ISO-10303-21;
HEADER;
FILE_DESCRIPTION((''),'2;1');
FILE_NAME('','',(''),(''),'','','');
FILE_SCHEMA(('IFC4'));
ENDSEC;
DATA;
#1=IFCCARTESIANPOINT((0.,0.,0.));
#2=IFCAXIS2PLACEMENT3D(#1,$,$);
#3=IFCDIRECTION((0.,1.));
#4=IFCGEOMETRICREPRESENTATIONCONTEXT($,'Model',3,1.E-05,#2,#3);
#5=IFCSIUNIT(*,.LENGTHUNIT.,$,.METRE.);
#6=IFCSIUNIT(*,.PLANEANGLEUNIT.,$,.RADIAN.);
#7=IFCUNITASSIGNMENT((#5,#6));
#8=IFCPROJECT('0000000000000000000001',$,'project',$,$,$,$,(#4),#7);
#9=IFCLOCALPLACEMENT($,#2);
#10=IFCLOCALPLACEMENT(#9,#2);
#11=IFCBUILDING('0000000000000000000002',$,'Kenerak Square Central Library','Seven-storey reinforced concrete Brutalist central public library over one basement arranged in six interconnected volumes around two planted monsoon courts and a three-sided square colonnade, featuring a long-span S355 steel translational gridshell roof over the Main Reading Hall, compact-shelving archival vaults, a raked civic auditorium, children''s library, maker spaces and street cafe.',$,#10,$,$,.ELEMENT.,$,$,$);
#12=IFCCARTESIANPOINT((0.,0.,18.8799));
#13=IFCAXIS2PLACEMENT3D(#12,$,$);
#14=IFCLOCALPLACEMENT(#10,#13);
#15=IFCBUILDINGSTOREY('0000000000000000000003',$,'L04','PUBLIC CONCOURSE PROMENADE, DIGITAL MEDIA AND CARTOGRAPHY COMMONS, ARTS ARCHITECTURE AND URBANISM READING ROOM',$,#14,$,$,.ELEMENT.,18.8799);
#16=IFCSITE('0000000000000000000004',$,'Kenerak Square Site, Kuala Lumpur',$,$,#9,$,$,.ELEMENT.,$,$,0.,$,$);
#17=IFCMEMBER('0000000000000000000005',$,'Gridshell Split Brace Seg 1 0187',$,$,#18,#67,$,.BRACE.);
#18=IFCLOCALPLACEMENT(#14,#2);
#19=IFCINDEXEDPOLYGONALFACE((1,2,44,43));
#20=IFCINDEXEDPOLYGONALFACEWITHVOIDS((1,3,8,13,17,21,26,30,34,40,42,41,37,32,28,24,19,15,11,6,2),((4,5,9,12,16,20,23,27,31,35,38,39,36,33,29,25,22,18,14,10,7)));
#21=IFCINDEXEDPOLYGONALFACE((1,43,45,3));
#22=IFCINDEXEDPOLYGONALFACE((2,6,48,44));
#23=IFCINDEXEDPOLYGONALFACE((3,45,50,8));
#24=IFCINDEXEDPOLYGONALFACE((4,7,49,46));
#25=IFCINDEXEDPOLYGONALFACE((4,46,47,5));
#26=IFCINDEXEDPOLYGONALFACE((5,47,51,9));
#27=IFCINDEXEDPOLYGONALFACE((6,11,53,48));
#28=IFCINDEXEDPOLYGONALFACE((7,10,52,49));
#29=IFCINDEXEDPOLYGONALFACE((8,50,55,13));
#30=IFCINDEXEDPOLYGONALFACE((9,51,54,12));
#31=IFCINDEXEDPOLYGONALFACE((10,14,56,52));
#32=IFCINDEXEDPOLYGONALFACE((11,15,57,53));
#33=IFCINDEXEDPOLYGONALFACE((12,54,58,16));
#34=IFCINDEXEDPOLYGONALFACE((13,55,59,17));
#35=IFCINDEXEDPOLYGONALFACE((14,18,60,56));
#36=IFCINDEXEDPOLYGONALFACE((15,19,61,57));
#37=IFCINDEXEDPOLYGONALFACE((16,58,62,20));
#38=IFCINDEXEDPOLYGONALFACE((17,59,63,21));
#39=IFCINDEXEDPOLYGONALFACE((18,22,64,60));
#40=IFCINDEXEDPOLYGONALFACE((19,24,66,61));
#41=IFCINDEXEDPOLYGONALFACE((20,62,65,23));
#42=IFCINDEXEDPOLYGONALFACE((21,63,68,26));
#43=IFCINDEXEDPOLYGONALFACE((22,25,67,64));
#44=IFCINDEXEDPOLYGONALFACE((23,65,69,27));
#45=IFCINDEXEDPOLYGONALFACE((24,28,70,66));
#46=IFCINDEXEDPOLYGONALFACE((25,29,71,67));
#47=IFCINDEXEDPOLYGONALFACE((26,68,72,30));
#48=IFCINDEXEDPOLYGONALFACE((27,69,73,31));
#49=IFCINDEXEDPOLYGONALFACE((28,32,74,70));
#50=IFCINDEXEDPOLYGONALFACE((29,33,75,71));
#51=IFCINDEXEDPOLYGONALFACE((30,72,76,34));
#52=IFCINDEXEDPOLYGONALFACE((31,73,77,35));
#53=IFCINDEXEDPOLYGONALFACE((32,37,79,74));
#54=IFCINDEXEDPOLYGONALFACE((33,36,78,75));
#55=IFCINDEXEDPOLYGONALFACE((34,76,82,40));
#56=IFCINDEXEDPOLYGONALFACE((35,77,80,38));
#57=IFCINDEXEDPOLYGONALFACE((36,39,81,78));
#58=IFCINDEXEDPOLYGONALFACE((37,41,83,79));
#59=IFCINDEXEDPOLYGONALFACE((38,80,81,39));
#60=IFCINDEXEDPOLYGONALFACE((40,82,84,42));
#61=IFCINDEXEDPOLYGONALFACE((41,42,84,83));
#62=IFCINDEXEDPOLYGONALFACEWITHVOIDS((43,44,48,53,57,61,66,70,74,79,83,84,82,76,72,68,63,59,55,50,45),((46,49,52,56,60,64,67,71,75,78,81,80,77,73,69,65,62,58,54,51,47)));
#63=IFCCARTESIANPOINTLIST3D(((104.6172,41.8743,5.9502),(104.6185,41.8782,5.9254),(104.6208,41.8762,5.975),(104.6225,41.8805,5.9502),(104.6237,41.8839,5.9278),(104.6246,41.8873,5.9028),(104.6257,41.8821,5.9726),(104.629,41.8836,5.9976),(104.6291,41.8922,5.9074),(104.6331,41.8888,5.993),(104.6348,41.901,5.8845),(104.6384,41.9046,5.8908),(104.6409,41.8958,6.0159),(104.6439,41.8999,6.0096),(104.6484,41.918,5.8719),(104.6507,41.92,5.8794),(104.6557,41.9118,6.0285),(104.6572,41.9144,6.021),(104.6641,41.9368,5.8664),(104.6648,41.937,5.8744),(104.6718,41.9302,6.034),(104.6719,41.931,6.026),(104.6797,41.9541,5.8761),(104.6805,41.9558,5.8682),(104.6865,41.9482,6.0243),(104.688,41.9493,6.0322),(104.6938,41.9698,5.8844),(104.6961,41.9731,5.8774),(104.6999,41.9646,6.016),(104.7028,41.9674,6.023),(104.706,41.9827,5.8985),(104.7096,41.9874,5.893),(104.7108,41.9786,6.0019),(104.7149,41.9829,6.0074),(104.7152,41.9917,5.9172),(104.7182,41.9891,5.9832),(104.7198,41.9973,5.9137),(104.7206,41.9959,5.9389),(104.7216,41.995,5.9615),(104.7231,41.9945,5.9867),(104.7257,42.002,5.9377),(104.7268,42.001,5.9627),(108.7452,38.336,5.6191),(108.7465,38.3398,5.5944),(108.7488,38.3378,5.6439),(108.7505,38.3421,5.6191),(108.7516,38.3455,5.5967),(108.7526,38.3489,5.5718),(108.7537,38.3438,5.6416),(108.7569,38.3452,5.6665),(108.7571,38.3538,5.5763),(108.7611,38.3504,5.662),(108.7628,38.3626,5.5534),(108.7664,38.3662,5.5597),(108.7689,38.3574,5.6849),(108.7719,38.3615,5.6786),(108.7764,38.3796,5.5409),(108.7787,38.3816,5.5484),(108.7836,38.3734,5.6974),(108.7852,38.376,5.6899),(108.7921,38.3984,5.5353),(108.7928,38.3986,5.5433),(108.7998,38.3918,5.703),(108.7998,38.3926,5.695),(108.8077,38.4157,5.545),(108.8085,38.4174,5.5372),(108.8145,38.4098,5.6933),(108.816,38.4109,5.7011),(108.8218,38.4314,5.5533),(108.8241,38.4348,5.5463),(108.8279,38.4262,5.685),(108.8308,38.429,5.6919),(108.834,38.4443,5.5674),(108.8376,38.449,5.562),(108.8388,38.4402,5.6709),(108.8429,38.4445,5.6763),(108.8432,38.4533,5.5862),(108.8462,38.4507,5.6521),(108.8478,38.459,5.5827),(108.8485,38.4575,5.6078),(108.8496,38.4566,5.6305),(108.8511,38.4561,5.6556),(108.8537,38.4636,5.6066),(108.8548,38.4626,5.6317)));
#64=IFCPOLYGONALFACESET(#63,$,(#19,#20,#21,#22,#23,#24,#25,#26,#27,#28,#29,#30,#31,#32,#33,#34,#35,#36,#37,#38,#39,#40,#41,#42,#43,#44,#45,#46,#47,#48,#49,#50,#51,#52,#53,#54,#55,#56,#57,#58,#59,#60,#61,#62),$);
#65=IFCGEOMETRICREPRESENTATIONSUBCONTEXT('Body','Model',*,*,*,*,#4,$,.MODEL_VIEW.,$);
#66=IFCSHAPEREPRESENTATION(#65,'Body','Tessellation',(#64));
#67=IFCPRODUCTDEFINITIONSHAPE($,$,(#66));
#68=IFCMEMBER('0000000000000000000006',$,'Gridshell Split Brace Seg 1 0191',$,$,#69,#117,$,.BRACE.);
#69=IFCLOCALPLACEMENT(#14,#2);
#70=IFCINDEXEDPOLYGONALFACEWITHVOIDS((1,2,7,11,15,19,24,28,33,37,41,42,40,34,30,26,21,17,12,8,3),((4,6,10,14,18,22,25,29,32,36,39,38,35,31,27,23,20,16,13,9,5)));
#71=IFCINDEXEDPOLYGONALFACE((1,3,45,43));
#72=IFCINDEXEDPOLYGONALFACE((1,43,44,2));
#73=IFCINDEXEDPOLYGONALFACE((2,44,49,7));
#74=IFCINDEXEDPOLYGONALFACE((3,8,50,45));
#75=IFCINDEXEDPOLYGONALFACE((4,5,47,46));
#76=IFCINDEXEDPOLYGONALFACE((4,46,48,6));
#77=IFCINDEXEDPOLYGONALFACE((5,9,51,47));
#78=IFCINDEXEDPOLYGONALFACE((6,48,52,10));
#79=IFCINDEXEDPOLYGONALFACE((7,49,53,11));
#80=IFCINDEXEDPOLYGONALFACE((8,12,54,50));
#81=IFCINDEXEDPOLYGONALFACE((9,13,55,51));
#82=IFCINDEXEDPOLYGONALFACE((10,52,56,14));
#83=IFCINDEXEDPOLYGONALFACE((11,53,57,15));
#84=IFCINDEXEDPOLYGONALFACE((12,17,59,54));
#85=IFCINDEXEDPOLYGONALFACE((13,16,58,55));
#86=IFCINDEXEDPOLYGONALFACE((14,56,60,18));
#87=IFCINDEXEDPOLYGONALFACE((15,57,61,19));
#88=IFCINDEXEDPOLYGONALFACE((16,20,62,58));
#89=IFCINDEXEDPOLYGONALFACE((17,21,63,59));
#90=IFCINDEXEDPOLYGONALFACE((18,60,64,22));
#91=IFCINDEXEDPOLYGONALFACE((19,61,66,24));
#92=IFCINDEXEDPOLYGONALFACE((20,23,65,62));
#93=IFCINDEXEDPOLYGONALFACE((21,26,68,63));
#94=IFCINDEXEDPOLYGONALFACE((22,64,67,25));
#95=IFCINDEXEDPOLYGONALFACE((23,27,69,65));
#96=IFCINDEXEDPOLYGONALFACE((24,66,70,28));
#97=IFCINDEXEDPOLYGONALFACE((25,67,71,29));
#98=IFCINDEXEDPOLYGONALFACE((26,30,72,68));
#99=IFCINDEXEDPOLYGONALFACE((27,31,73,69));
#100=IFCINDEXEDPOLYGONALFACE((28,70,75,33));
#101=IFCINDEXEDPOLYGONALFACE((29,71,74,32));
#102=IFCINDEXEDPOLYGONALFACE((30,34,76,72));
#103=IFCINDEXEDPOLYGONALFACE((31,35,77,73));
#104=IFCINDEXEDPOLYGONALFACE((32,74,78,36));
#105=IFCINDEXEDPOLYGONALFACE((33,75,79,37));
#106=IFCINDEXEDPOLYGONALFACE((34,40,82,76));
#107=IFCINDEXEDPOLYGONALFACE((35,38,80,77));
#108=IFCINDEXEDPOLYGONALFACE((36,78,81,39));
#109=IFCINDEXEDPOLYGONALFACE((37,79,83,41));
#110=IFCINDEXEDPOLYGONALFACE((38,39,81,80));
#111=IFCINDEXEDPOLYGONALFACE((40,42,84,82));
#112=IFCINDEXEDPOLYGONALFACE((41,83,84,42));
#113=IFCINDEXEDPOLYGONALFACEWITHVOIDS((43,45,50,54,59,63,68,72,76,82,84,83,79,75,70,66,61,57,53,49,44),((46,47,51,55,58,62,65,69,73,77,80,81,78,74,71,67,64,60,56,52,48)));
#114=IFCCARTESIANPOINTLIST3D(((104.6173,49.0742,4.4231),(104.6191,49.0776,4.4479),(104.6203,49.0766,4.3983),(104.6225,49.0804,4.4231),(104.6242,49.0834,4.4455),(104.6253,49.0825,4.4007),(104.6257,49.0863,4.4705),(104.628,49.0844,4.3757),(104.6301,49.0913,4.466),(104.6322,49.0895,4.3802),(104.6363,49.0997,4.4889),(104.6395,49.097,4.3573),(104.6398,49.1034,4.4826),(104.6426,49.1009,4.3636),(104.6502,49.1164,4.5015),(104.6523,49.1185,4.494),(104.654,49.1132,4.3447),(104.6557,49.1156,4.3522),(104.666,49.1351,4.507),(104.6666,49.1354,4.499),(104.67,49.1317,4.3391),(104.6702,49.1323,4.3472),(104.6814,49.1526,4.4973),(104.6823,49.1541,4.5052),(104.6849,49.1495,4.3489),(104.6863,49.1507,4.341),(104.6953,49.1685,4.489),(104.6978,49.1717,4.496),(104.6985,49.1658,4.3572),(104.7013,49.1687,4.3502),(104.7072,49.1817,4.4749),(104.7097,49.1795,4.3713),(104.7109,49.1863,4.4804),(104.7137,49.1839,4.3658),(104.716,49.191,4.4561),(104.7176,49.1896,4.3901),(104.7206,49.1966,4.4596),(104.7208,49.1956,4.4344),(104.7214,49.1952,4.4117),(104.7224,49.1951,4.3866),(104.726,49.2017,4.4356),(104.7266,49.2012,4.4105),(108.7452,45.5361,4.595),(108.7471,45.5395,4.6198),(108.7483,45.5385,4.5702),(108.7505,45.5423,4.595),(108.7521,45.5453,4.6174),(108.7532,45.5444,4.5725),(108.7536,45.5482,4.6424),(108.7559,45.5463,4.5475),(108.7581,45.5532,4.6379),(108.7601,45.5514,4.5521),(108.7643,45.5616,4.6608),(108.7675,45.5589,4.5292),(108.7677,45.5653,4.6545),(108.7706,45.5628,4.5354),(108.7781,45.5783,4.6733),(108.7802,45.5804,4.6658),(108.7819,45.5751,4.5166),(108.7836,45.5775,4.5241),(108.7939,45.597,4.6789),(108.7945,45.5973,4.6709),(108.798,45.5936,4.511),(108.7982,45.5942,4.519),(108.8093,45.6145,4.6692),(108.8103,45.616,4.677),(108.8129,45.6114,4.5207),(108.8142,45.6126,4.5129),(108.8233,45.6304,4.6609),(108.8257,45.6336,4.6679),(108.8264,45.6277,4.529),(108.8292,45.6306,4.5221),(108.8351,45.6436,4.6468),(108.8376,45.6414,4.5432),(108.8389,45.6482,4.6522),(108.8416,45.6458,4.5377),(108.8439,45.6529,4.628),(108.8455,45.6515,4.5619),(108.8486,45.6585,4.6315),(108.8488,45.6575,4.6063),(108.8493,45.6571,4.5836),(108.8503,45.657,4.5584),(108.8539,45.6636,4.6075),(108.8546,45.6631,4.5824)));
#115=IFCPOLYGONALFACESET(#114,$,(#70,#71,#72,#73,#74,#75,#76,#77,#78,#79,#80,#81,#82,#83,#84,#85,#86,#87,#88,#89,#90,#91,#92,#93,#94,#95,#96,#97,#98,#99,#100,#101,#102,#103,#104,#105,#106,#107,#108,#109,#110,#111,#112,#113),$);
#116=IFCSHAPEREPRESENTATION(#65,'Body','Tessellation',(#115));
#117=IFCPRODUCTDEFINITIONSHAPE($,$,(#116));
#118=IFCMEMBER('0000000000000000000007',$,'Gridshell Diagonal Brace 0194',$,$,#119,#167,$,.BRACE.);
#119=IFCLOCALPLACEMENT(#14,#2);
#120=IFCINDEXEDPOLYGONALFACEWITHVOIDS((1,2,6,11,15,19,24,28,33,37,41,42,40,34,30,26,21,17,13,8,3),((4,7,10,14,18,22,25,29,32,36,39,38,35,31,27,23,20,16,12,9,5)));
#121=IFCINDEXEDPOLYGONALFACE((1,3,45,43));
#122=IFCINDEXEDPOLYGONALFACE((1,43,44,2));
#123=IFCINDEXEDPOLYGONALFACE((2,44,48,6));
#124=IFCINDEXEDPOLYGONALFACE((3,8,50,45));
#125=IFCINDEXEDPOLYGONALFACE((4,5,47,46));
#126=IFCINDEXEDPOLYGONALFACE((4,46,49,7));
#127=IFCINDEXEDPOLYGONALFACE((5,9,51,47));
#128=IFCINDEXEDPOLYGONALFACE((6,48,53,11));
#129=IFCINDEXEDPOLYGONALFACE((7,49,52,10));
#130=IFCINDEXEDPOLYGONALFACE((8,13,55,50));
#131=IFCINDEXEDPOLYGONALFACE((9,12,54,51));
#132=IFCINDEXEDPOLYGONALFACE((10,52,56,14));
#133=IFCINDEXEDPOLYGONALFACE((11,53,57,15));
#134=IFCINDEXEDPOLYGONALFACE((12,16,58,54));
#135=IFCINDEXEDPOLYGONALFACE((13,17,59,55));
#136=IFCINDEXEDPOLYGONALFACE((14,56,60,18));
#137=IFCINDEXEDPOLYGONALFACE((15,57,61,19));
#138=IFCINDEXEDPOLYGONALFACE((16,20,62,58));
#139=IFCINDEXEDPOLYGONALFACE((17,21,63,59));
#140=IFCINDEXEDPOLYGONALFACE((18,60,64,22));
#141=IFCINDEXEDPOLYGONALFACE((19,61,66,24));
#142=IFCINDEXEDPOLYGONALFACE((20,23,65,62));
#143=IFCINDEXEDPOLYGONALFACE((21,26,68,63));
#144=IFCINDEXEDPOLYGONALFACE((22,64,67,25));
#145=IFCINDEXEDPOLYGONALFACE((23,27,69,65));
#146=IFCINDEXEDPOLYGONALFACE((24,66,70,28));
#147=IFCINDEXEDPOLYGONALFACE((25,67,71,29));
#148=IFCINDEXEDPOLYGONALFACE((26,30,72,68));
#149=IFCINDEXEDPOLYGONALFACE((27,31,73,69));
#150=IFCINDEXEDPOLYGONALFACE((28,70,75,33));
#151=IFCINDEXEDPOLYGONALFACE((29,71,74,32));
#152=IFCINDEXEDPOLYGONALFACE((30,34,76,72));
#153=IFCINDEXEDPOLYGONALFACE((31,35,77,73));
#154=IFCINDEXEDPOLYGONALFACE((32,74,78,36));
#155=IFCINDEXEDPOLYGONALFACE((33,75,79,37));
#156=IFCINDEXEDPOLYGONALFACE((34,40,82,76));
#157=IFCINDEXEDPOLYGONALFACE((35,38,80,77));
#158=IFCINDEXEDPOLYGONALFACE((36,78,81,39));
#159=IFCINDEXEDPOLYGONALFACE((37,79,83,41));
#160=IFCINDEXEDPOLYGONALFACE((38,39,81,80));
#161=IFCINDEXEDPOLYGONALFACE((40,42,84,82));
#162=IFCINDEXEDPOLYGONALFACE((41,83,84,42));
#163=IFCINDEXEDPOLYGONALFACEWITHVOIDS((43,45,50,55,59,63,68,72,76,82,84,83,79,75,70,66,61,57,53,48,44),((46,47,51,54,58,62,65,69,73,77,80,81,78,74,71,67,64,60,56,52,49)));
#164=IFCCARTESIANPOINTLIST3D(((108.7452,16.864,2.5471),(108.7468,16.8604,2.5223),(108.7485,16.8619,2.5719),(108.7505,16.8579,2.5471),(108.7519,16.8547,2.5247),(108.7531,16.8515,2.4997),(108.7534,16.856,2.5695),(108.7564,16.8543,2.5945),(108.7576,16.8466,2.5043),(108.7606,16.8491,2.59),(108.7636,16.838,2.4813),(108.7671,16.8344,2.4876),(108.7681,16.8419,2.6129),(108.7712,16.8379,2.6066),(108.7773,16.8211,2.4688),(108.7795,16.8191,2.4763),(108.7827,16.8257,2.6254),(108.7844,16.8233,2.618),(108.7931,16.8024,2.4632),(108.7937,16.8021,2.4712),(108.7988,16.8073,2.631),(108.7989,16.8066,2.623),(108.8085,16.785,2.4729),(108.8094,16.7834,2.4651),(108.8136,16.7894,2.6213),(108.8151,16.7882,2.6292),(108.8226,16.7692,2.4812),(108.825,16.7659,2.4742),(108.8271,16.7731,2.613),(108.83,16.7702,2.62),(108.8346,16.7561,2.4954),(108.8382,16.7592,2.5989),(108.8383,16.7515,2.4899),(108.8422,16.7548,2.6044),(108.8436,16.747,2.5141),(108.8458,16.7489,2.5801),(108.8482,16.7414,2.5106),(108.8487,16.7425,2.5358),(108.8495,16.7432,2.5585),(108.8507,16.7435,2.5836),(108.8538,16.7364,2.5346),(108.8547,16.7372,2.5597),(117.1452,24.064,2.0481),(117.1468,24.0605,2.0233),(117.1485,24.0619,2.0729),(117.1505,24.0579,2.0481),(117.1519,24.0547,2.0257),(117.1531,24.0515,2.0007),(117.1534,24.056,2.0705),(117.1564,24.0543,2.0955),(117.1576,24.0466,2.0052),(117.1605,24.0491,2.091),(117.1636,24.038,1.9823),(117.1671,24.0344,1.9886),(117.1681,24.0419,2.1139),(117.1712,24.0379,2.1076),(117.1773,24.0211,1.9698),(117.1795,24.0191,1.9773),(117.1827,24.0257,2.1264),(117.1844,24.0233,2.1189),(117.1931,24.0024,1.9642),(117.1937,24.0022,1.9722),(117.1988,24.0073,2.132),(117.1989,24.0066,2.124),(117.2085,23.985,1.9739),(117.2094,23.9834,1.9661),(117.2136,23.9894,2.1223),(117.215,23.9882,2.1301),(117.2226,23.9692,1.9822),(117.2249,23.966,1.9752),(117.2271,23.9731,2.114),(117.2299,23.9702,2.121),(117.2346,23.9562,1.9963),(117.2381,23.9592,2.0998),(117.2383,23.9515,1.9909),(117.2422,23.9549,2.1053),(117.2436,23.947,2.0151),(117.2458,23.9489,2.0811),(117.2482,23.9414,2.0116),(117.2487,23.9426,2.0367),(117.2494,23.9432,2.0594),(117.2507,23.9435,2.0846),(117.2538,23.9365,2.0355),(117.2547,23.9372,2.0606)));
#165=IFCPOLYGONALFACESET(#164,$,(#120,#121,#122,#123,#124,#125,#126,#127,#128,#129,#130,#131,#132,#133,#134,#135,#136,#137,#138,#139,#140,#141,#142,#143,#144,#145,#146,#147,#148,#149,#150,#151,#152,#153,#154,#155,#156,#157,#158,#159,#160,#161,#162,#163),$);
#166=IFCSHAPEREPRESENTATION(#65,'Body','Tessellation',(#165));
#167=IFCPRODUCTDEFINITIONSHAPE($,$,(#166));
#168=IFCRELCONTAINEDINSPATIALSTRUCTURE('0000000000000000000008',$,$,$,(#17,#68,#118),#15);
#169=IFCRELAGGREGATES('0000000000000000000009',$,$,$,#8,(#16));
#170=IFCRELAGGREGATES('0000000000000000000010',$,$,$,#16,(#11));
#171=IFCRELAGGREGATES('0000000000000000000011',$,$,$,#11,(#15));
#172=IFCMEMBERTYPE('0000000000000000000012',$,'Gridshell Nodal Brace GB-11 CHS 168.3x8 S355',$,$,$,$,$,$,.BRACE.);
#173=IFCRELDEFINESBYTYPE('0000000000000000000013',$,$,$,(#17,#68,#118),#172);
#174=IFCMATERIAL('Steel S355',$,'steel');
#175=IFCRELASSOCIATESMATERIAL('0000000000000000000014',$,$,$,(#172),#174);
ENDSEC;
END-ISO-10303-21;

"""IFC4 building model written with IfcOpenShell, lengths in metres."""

from ifc_helpers import new_model, si_unit, direction, frame, origin, origin_2d, place, context, subcontext, project, spatial, hollow_circle, extrude, material, material_profile, profile_set, type_object, element, save


model = new_model("IFC4")

# Units and contexts
model_context = context("Model", 3, precision=1e-05, world=origin(), true_north=direction((0.0, 1.0)))
body_context = subcontext(model_context, "Body", "Model", "MODEL_VIEW")
ifc_project = project(units=[si_unit("LENGTHUNIT", "METRE"), si_unit("PLANEANGLEUNIT", "RADIAN")], contexts=[model_context])

# Site, building, storey
site_placement = place(None, origin())
site = spatial("IfcSite", under=ifc_project, at=site_placement, Name="Kenerak Square Site, Kuala Lumpur", CompositionType="ELEMENT", RefElevation=0.0)
building_placement = place(site_placement, origin())
building = spatial("IfcBuilding", under=site, at=building_placement, Name="Kenerak Square Central Library", Description="Seven-storey reinforced concrete Brutalist central public library over one basement arranged in six interconnected volumes around two planted monsoon courts and a three-sided square colonnade, featuring a long-span S355 steel translational gridshell roof over the Main Reading Hall, compact-shelving archival vaults, a raked civic auditorium, children's library, maker spaces and street cafe.", CompositionType="ELEMENT")
storey_placement = place(building_placement, frame((0.0, 0.0, 18.8799)))
storey = spatial("IfcBuildingStorey", under=building, at=storey_placement, Name="L04", Description="PUBLIC CONCOURSE PROMENADE, DIGITAL MEDIA AND CARTOGRAPHY COMMONS, ARTS ARCHITECTURE AND URBANISM READING ROOM", CompositionType="ELEMENT", Elevation=18.8799)

# Members
ifc_material = material(Name="Steel S355", Category="steel")
ifc_material_profile_1 = material_profile(ifc_material, hollow_circle(Radius=0.0842, WallThickness=0.0081, at=origin_2d()), Name="CHS 168.3x8.0")
ifc_profile_set_1 = profile_set([ifc_material_profile_1], Name="Steel S355")
member_type_1 = type_object("IfcMemberType", Name="Gridshell Nodal Brace GB-11 CHS 168.3x8 S355", PredefinedType="BRACE", material=ifc_profile_set_1)
member_1_placement = place(storey_placement, frame((108.8, 38.3999, 5.6191), z_axis=(-0.757843, 0.649599, 0.060778), x_axis=(-0.650802, -0.759247, 0.0)))
element("IfcMember", 1, at=member_1_placement, inside=storey, type_object=member_type_1, Name="Gridshell Split Brace Seg 1 0187", PredefinedType="BRACE", context=body_context, shape_type="SweptSolid", body=[
    extrude(hollow_circle(Radius=0.0842, WallThickness=0.0081, at=origin_2d()), origin(), (0.0, 0.0, 1.0), 5.447),
])
member_2_placement = place(storey_placement, frame((108.8, 45.6001, 4.595), z_axis=(-0.75889, 0.650452, -0.031598), x_axis=(-0.650777, -0.759269, 0.0)))
element("IfcMember", 2, at=member_2_placement, inside=storey, type_object=member_type_1, Name="Gridshell Split Brace Seg 1 0191", PredefinedType="BRACE", context=body_context, shape_type="SweptSolid", body=[
    extrude(hollow_circle(Radius=0.0842, WallThickness=0.0081, at=origin_2d()), origin(), (0.0, 0.0, 1.0), 5.4395),
])
member_3_placement = place(storey_placement, frame((108.8, 16.8, 2.5471), z_axis=(0.758484, 0.650132, -0.04506), x_axis=(-0.650793, 0.759255, 0.0)))
element("IfcMember", 3, at=member_3_placement, inside=storey, type_object=member_type_1, Name="Gridshell Diagonal Brace 0194", PredefinedType="BRACE", context=body_context, shape_type="SweptSolid", body=[
    extrude(hollow_circle(Radius=0.0842, WallThickness=0.0081, at=origin_2d()), origin(), (0.0, 0.0, 1.0), 11.0747),
])

save(model, "model.ifc")
